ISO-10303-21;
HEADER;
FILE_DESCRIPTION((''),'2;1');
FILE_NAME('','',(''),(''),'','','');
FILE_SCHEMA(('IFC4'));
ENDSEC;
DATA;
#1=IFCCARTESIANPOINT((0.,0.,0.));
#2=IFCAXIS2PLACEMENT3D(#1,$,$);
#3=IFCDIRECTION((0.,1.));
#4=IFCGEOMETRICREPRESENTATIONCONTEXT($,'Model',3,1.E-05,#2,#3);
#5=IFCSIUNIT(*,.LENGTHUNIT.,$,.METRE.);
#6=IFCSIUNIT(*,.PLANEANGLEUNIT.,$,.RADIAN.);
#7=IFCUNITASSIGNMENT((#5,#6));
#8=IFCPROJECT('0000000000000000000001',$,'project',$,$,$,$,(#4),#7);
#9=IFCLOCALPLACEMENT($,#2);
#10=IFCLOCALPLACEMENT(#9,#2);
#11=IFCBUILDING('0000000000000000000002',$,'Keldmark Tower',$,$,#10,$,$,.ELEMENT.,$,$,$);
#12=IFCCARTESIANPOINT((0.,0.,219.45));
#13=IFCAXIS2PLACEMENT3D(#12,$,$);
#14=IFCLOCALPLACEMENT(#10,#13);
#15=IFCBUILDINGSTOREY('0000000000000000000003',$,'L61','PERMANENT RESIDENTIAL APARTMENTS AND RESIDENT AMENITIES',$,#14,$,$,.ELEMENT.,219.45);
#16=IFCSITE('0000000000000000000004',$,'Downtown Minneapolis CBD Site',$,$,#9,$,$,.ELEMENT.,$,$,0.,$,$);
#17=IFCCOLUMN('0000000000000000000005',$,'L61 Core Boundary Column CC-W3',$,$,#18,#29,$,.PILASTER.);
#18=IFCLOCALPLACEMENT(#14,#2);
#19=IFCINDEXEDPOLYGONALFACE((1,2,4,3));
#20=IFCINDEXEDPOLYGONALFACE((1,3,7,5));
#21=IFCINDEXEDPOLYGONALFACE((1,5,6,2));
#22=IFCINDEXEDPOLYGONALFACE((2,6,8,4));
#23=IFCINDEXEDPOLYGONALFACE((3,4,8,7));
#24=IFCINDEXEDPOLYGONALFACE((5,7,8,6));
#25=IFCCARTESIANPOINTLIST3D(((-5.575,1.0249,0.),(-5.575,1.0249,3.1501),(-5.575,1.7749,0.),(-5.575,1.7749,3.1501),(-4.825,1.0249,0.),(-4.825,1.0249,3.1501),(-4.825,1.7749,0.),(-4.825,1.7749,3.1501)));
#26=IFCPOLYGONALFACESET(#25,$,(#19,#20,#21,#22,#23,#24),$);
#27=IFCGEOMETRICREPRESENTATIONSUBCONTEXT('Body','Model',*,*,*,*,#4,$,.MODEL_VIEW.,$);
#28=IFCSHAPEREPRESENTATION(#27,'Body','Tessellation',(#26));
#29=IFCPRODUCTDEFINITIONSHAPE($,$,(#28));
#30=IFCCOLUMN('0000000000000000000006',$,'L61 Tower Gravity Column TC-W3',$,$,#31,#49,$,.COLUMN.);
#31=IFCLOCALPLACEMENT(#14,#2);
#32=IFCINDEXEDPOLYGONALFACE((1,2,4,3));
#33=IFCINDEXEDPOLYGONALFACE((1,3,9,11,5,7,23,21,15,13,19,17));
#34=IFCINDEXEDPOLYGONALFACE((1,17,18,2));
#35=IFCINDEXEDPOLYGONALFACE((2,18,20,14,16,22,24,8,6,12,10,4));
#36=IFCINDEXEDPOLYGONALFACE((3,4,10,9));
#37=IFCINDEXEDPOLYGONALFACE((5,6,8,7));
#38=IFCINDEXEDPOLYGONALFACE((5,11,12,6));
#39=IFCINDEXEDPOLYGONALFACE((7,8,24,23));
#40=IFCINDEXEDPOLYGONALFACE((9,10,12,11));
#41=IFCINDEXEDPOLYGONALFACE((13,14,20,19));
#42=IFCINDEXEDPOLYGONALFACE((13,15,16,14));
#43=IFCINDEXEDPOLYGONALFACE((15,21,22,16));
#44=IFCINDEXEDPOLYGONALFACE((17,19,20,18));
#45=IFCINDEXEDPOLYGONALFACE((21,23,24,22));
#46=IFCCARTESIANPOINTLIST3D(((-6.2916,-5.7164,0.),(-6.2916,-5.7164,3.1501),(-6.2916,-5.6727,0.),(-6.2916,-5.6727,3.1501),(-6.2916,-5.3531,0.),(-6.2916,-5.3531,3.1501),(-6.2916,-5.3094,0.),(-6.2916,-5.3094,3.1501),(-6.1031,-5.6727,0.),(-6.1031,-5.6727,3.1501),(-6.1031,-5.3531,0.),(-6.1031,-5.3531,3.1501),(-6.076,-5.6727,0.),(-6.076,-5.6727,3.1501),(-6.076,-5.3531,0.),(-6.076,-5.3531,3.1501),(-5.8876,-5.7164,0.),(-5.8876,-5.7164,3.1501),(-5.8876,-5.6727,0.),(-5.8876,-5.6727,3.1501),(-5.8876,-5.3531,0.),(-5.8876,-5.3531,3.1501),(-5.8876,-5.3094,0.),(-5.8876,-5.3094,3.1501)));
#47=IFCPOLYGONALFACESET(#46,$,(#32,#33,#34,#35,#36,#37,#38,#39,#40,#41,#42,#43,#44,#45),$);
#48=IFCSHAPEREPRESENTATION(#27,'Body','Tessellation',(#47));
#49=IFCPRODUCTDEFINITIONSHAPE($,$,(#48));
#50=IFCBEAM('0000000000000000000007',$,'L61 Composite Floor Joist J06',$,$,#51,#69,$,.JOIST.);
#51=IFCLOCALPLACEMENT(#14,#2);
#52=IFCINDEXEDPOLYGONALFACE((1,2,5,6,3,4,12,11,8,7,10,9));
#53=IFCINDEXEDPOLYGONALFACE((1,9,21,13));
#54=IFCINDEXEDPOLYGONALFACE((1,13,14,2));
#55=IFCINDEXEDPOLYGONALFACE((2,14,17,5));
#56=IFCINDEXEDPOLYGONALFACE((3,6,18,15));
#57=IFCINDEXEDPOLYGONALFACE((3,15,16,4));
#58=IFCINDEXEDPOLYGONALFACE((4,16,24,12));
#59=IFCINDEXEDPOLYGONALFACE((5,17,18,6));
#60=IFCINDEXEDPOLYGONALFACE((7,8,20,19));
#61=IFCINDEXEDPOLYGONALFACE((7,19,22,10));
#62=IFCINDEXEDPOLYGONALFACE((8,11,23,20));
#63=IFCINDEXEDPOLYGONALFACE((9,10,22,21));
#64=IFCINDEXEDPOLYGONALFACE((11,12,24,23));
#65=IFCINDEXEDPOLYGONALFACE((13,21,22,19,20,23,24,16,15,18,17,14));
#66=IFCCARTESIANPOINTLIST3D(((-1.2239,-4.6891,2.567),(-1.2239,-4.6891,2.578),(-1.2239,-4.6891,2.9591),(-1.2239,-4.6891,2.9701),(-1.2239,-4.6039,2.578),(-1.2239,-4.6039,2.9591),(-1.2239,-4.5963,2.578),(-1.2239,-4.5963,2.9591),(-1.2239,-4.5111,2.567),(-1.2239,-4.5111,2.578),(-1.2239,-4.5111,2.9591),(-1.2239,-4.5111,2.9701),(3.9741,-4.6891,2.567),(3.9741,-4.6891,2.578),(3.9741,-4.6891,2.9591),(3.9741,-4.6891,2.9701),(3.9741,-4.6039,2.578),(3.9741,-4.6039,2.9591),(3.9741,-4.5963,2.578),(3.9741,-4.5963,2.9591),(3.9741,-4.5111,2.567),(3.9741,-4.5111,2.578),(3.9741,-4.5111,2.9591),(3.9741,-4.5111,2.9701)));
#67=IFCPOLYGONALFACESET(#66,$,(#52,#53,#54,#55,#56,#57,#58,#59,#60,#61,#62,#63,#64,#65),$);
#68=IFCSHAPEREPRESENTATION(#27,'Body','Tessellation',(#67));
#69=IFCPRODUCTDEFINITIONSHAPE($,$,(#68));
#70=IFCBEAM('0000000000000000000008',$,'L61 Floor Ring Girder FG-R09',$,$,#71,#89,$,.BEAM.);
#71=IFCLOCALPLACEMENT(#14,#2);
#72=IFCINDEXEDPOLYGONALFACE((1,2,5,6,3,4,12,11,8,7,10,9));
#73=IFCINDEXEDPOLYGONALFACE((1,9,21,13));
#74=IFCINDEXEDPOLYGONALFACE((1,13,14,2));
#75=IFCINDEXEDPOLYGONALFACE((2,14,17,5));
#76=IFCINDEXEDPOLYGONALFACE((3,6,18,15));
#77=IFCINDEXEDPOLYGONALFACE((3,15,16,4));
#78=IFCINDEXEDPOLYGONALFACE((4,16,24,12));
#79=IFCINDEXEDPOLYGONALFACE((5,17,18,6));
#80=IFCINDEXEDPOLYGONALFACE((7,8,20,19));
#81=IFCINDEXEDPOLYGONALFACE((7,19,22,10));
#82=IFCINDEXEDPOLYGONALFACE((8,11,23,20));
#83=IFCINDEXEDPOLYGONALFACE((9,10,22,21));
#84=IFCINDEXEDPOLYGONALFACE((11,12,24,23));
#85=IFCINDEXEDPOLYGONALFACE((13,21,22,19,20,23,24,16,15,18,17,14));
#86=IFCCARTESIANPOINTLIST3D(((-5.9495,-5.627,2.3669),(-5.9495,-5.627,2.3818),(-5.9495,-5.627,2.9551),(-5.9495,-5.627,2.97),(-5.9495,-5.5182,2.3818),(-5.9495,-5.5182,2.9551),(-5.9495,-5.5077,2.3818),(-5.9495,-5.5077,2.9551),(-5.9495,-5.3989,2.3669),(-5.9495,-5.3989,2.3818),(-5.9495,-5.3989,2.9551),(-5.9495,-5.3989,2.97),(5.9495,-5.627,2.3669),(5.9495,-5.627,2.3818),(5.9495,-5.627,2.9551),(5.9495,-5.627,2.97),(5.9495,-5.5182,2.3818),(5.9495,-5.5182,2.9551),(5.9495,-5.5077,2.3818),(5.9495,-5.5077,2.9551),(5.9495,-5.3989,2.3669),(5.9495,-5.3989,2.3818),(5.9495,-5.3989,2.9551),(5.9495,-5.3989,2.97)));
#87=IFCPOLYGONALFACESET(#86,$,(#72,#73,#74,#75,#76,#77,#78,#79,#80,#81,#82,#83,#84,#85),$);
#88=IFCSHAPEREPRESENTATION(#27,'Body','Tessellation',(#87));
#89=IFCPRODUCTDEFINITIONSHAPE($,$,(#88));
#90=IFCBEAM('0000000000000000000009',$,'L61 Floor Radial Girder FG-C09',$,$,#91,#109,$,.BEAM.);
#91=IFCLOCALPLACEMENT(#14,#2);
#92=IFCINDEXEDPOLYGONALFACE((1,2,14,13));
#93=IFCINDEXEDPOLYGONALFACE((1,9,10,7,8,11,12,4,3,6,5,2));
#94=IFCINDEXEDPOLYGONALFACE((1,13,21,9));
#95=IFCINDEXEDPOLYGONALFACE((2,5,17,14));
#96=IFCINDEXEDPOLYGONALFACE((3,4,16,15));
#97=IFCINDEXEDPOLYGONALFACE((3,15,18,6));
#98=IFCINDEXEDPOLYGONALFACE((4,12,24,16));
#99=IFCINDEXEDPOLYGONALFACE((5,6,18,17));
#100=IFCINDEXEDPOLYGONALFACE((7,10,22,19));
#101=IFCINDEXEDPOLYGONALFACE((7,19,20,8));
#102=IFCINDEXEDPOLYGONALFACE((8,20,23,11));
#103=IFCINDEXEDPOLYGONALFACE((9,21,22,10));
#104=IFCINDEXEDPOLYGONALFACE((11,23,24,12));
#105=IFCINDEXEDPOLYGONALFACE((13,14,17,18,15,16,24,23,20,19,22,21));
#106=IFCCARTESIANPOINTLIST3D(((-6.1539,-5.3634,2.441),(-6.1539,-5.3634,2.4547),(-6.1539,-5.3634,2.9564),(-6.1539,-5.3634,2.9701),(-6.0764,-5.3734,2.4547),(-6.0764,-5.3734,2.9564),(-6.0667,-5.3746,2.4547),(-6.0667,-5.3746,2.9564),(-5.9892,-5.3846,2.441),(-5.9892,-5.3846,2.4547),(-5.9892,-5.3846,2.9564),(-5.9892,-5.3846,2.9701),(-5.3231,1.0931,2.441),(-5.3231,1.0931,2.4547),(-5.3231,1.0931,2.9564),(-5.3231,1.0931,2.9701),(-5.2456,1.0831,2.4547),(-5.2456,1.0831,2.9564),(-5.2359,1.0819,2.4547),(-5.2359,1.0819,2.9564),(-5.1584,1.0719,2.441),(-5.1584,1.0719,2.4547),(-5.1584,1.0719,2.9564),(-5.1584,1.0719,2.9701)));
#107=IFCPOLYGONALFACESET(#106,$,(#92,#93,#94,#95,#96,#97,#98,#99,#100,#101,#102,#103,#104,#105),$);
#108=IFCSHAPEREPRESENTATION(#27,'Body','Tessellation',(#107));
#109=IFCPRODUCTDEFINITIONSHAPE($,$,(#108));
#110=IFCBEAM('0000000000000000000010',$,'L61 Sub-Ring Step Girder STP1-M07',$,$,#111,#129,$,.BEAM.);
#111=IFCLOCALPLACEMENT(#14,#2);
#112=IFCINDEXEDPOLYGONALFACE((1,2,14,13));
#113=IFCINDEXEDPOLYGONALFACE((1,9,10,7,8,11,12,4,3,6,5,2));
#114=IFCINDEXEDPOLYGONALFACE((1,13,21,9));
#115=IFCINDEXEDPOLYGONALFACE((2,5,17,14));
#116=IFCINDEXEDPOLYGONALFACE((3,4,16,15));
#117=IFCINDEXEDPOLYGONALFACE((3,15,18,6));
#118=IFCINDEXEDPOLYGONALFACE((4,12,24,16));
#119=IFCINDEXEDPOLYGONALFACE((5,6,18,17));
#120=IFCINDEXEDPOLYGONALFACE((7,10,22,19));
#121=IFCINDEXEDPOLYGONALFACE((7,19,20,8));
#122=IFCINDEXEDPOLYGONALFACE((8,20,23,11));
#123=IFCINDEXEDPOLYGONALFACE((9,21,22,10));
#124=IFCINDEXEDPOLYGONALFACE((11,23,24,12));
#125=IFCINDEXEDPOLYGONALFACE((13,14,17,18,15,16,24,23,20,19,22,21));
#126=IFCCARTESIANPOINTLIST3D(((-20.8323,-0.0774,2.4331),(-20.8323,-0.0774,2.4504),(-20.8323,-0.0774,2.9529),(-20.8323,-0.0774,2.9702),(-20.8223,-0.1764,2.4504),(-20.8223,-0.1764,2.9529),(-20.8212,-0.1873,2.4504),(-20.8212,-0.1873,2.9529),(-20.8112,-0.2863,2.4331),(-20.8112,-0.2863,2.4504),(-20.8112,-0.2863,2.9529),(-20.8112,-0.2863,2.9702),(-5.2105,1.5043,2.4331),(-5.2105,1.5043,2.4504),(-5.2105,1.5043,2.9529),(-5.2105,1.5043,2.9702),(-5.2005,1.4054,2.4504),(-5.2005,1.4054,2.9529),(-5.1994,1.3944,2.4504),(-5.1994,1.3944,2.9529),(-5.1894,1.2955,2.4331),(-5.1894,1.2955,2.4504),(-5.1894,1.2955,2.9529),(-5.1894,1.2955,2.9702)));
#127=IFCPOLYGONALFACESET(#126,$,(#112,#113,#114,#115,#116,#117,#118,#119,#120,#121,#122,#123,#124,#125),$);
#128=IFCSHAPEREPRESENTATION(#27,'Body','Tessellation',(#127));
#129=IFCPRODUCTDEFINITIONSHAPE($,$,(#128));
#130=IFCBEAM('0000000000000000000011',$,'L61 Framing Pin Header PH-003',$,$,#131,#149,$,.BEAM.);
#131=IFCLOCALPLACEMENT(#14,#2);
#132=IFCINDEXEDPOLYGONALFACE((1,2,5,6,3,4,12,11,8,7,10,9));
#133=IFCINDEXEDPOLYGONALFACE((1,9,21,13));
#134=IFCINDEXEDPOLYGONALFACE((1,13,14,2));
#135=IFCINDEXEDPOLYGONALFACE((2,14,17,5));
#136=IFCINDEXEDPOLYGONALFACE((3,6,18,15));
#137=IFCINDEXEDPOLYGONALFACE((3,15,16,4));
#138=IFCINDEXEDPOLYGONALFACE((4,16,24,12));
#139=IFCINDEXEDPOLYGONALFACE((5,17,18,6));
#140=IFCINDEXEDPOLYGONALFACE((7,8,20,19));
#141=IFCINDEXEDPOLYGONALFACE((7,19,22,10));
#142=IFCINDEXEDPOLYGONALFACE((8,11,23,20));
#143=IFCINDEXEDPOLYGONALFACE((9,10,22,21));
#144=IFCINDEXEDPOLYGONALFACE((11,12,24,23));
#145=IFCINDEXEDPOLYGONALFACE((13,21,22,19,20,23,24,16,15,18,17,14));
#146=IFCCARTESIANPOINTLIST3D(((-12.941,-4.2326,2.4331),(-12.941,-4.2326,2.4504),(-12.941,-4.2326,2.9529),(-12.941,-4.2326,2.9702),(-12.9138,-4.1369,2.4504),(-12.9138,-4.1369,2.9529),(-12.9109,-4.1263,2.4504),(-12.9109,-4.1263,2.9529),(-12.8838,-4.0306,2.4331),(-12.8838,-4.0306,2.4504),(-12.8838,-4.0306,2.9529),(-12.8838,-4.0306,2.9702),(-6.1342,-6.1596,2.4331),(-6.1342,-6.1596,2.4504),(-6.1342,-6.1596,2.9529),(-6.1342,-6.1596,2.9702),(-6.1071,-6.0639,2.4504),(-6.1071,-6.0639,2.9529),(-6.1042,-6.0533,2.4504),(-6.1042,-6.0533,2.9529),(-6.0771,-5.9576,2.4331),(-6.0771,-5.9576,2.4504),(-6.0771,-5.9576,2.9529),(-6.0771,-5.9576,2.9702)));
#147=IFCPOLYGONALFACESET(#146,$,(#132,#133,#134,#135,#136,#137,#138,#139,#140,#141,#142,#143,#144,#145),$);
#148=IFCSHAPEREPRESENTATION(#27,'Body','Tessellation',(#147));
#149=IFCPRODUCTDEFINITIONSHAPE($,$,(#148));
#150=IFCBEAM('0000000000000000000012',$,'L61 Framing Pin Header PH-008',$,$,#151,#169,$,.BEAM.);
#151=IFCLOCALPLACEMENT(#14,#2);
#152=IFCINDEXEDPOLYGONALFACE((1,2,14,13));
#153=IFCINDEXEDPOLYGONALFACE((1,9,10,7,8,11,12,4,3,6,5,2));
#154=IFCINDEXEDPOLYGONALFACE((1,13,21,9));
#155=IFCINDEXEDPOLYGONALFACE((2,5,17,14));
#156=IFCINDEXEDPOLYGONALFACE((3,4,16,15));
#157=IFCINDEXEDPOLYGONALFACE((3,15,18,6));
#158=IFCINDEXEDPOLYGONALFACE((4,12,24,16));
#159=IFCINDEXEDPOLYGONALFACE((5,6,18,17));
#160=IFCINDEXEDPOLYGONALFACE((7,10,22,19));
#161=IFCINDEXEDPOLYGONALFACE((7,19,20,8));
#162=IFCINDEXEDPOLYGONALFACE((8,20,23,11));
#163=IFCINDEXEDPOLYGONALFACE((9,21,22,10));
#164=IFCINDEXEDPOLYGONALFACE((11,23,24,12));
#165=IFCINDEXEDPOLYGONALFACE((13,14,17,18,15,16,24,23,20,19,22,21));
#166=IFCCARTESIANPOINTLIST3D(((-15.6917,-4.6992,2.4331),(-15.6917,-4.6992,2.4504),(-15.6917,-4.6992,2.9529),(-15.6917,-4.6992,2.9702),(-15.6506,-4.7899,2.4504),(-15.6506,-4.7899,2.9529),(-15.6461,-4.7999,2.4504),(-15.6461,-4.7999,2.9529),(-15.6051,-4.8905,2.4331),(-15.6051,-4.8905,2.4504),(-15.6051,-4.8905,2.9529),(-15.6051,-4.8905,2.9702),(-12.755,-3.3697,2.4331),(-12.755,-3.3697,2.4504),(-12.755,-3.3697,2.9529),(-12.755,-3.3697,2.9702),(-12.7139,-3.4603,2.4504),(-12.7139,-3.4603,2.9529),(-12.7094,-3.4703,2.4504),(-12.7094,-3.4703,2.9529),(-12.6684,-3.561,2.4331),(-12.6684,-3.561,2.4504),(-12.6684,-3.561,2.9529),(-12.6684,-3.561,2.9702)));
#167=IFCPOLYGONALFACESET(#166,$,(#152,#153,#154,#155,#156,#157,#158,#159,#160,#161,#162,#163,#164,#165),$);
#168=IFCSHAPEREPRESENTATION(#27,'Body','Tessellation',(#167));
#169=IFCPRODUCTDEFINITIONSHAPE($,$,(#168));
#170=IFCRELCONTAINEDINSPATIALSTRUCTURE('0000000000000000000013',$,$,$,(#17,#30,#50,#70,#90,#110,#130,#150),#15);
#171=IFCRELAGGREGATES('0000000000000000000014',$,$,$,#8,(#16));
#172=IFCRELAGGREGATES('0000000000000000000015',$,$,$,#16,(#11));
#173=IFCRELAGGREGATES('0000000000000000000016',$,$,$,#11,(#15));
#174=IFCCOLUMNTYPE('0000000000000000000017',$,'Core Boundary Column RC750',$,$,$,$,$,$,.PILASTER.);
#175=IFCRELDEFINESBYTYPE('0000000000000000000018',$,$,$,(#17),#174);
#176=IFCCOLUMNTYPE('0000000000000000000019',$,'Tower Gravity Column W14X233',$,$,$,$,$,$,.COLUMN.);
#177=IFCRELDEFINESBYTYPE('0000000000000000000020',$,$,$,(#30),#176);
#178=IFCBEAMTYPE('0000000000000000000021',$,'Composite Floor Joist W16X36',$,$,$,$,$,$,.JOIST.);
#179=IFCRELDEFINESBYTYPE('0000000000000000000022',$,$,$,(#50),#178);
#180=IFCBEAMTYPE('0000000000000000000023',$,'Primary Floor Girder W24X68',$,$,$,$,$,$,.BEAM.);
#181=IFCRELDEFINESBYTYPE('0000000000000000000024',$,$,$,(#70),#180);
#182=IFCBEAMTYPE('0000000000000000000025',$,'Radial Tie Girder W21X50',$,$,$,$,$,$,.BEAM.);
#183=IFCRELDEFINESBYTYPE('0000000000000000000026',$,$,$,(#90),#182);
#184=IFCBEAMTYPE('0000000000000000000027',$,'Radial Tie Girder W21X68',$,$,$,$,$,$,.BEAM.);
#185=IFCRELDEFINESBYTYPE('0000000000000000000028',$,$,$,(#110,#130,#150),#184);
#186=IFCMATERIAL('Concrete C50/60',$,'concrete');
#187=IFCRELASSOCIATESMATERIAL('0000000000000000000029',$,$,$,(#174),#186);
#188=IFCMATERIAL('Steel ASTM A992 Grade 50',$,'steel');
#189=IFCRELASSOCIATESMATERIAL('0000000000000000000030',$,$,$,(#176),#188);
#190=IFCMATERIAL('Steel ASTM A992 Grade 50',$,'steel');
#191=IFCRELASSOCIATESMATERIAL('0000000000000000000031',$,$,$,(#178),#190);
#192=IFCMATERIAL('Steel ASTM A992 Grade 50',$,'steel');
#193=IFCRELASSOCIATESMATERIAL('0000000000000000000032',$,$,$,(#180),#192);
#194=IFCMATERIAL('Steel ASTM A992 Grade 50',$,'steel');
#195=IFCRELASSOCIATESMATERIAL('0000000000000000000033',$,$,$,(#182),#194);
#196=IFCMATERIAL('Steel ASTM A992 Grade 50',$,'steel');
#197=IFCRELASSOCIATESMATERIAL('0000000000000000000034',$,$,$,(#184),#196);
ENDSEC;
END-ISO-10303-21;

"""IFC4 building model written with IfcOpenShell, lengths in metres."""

from ifc_helpers import new_model, si_unit, direction, frame, origin, origin_2d, place, context, subcontext, project, spatial, rectangle, i_section, extrude, material, material_profile, profile_set, type_object, element, save


model = new_model("IFC4")

# Units and contexts
model_context = context("Model", 3, precision=1e-05, world=origin(), true_north=direction((0.0, 1.0)))
body_context = subcontext(model_context, "Body", "Model", "MODEL_VIEW")
ifc_project = project(units=[si_unit("LENGTHUNIT", "METRE"), si_unit("PLANEANGLEUNIT", "RADIAN")], contexts=[model_context])

# Site, building, storey
site_placement = place(None, origin())
site = spatial("IfcSite", under=ifc_project, at=site_placement, Name="Downtown Minneapolis CBD Site", CompositionType="ELEMENT", RefElevation=0.0)
building_placement = place(site_placement, origin())
building = spatial("IfcBuilding", under=site, at=building_placement, Name="Keldmark Tower", CompositionType="ELEMENT")
storey_placement = place(building_placement, frame((0.0, 0.0, 219.45)))
storey = spatial("IfcBuildingStorey", under=building, at=storey_placement, Name="L61", Description="PERMANENT RESIDENTIAL APARTMENTS AND RESIDENT AMENITIES", CompositionType="ELEMENT", Elevation=219.45)

# Columns
ifc_material_1 = material(Name="Concrete C50/60", Category="concrete")
ifc_material_profile_1 = material_profile(ifc_material_1, rectangle(XDim=0.75, YDim=0.75, at=origin_2d()), Name="RC750X750")
ifc_profile_set_1 = profile_set([ifc_material_profile_1], Name="Concrete C50/60")
column_type_1 = type_object("IfcColumnType", Name="Core Boundary Column RC750", PredefinedType="PILASTER", material=ifc_profile_set_1)
column_1_placement = place(storey_placement, frame((-5.2, 1.3999, 0.0), z_axis=(0.0, 0.0, 1.0), x_axis=(1.0, 0.0, 0.0)))
element("IfcColumn", 1, at=column_1_placement, inside=storey, type_object=column_type_1, Name="L61 Core Boundary Column CC-W3", PredefinedType="PILASTER", context=body_context, shape_type="SweptSolid", body=[
    extrude(rectangle(XDim=0.75, YDim=0.75, at=origin_2d()), origin(), (0.0, 0.0, 1.0), 3.1501),
])
ifc_material_2 = material(Name="Steel ASTM A992 Grade 50", Category="steel")
ifc_material_profile_2 = material_profile(ifc_material_2, i_section(OverallWidth=0.4041, OverallDepth=0.407, WebThickness=0.0271, FlangeThickness=0.0437, at=origin_2d()), Name="W14X233")
ifc_profile_set_2 = profile_set([ifc_material_profile_2], Name="Steel ASTM A992 Grade 50")
column_type_2 = type_object("IfcColumnType", Name="Tower Gravity Column W14X233", PredefinedType="COLUMN", material=ifc_profile_set_2)
column_2_placement = place(storey_placement, frame((-6.0896, -5.5129, 0.0), z_axis=(0.0, 0.0, 1.0), x_axis=(1.0, 0.0, 0.0)))
element("IfcColumn", 2, at=column_2_placement, inside=storey, type_object=column_type_2, Name="L61 Tower Gravity Column TC-W3", PredefinedType="COLUMN", context=body_context, shape_type="SweptSolid", body=[
    extrude(i_section(OverallWidth=0.4041, OverallDepth=0.407, WebThickness=0.0271, FlangeThickness=0.0437, at=origin_2d()), origin(), (0.0, 0.0, 1.0), 3.1501),
])

# Beams
ifc_material_3 = material(Name="Steel ASTM A992 Grade 50", Category="steel")
ifc_material_profile_3 = material_profile(ifc_material_3, i_section(OverallWidth=0.178, OverallDepth=0.4031, WebThickness=0.0076, FlangeThickness=0.011, at=origin_2d()), Name="W16X36")
ifc_profile_set_3 = profile_set([ifc_material_profile_3], Name="Steel ASTM A992 Grade 50")
beam_type_1 = type_object("IfcBeamType", Name="Composite Floor Joist W16X36", PredefinedType="JOIST", material=ifc_profile_set_3)
beam_1_placement = place(storey_placement, frame((-1.2239, -4.6001, 2.7686), z_axis=(1.0, 0.0, 0.0), x_axis=(0.0, 1.0, 0.0)))
element("IfcBeam", 3, at=beam_1_placement, inside=storey, type_object=beam_type_1, Name="L61 Composite Floor Joist J06", PredefinedType="JOIST", context=body_context, shape_type="SweptSolid", body=[
    extrude(i_section(OverallWidth=0.178, OverallDepth=0.4031, WebThickness=0.0076, FlangeThickness=0.011, at=origin_2d()), origin(), (0.0, 0.0, 1.0), 5.198),
])
ifc_material_4 = material(Name="Steel ASTM A992 Grade 50", Category="steel")
ifc_material_profile_4 = material_profile(ifc_material_4, i_section(OverallWidth=0.228, OverallDepth=0.603, WebThickness=0.0105, FlangeThickness=0.0149, at=origin_2d()), Name="W24X68")
ifc_profile_set_4 = profile_set([ifc_material_profile_4], Name="Steel ASTM A992 Grade 50")
beam_type_2 = type_object("IfcBeamType", Name="Primary Floor Girder W24X68", PredefinedType="BEAM", material=ifc_profile_set_4)
beam_2_placement = place(storey_placement, frame((-5.9495, -5.5129, 2.6685), z_axis=(1.0, 0.0, 0.0), x_axis=(0.0, 1.0, 0.0)))
element("IfcBeam", 4, at=beam_2_placement, inside=storey, type_object=beam_type_2, Name="L61 Floor Ring Girder FG-R09", PredefinedType="BEAM", context=body_context, shape_type="SweptSolid", body=[
    extrude(i_section(OverallWidth=0.228, OverallDepth=0.603, WebThickness=0.0105, FlangeThickness=0.0149, at=origin_2d()), origin(), (0.0, 0.0, 1.0), 11.8989),
])
ifc_material_5 = material(Name="Steel ASTM A992 Grade 50", Category="steel")
ifc_material_profile_5 = material_profile(ifc_material_5, i_section(OverallWidth=0.166, OverallDepth=0.5291, WebThickness=0.0098, FlangeThickness=0.0137, at=origin_2d()), Name="W21X50")
ifc_profile_set_5 = profile_set([ifc_material_profile_5], Name="Steel ASTM A992 Grade 50")
beam_type_3 = type_object("IfcBeamType", Name="Radial Tie Girder W21X50", PredefinedType="BEAM", material=ifc_profile_set_5)
beam_3_placement = place(storey_placement, frame((-6.0715, -5.374, 2.7056), z_axis=(0.127625, 0.991822, 0.0), x_axis=(-0.991822, 0.127625, 0.0)))
element("IfcBeam", 5, at=beam_3_placement, inside=storey, type_object=beam_type_3, Name="L61 Floor Radial Girder FG-C09", PredefinedType="BEAM", context=body_context, shape_type="SweptSolid", body=[
    extrude(i_section(OverallWidth=0.166, OverallDepth=0.5291, WebThickness=0.0098, FlangeThickness=0.0137, at=origin_2d()), origin(), (0.0, 0.0, 1.0), 6.5098),
])
ifc_material_6 = material(Name="Steel ASTM A992 Grade 50", Category="steel")
ifc_material_profile_6 = material_profile(ifc_material_6, i_section(OverallWidth=0.21, OverallDepth=0.5371, WebThickness=0.011, FlangeThickness=0.0173, at=origin_2d()), Name="W21X68")
ifc_profile_set_6 = profile_set([ifc_material_profile_6], Name="Steel ASTM A992 Grade 50")
beam_type_4 = type_object("IfcBeamType", Name="Radial Tie Girder W21X68", PredefinedType="BEAM", material=ifc_profile_set_6)
beam_4_placement = place(storey_placement, frame((-5.2, 1.3999, 2.7017), z_axis=(-0.994913, -0.10074, 0.0), x_axis=(0.10074, -0.994913, 0.0)))
element("IfcBeam", 6, at=beam_4_placement, inside=storey, type_object=beam_type_4, Name="L61 Sub-Ring Step Girder STP1-M07", PredefinedType="BEAM", context=body_context, shape_type="SweptSolid", body=[
    extrude(i_section(OverallWidth=0.21, OverallDepth=0.5371, WebThickness=0.011, FlangeThickness=0.0173, at=origin_2d()), origin(), (0.0, 0.0, 1.0), 15.7017),
])
beam_5_placement = place(storey_placement, frame((-12.9124, -4.1316, 2.7017), z_axis=(0.962184, -0.2724, 0.0), x_axis=(0.2724, 0.962184, 0.0)))
element("IfcBeam", 7, at=beam_5_placement, inside=storey, type_object=beam_type_4, Name="L61 Framing Pin Header PH-003", PredefinedType="BEAM", context=body_context, shape_type="SweptSolid", body=[
    extrude(i_section(OverallWidth=0.21, OverallDepth=0.5371, WebThickness=0.011, FlangeThickness=0.0173, at=origin_2d()), origin(), (0.0, 0.0, 1.0), 7.0742),
])
beam_6_placement = place(storey_placement, frame((-12.7117, -3.4653, 2.7017), z_axis=(-0.910985, -0.412439, 0.0), x_axis=(0.412439, -0.910985, 0.0)))
element("IfcBeam", 8, at=beam_6_placement, inside=storey, type_object=beam_type_4, Name="L61 Framing Pin Header PH-008", PredefinedType="BEAM", context=body_context, shape_type="SweptSolid", body=[
    extrude(i_section(OverallWidth=0.21, OverallDepth=0.5371, WebThickness=0.011, FlangeThickness=0.0173, at=origin_2d()), origin(), (0.0, 0.0, 1.0), 3.2236),
])

save(model, "model.ifc")
